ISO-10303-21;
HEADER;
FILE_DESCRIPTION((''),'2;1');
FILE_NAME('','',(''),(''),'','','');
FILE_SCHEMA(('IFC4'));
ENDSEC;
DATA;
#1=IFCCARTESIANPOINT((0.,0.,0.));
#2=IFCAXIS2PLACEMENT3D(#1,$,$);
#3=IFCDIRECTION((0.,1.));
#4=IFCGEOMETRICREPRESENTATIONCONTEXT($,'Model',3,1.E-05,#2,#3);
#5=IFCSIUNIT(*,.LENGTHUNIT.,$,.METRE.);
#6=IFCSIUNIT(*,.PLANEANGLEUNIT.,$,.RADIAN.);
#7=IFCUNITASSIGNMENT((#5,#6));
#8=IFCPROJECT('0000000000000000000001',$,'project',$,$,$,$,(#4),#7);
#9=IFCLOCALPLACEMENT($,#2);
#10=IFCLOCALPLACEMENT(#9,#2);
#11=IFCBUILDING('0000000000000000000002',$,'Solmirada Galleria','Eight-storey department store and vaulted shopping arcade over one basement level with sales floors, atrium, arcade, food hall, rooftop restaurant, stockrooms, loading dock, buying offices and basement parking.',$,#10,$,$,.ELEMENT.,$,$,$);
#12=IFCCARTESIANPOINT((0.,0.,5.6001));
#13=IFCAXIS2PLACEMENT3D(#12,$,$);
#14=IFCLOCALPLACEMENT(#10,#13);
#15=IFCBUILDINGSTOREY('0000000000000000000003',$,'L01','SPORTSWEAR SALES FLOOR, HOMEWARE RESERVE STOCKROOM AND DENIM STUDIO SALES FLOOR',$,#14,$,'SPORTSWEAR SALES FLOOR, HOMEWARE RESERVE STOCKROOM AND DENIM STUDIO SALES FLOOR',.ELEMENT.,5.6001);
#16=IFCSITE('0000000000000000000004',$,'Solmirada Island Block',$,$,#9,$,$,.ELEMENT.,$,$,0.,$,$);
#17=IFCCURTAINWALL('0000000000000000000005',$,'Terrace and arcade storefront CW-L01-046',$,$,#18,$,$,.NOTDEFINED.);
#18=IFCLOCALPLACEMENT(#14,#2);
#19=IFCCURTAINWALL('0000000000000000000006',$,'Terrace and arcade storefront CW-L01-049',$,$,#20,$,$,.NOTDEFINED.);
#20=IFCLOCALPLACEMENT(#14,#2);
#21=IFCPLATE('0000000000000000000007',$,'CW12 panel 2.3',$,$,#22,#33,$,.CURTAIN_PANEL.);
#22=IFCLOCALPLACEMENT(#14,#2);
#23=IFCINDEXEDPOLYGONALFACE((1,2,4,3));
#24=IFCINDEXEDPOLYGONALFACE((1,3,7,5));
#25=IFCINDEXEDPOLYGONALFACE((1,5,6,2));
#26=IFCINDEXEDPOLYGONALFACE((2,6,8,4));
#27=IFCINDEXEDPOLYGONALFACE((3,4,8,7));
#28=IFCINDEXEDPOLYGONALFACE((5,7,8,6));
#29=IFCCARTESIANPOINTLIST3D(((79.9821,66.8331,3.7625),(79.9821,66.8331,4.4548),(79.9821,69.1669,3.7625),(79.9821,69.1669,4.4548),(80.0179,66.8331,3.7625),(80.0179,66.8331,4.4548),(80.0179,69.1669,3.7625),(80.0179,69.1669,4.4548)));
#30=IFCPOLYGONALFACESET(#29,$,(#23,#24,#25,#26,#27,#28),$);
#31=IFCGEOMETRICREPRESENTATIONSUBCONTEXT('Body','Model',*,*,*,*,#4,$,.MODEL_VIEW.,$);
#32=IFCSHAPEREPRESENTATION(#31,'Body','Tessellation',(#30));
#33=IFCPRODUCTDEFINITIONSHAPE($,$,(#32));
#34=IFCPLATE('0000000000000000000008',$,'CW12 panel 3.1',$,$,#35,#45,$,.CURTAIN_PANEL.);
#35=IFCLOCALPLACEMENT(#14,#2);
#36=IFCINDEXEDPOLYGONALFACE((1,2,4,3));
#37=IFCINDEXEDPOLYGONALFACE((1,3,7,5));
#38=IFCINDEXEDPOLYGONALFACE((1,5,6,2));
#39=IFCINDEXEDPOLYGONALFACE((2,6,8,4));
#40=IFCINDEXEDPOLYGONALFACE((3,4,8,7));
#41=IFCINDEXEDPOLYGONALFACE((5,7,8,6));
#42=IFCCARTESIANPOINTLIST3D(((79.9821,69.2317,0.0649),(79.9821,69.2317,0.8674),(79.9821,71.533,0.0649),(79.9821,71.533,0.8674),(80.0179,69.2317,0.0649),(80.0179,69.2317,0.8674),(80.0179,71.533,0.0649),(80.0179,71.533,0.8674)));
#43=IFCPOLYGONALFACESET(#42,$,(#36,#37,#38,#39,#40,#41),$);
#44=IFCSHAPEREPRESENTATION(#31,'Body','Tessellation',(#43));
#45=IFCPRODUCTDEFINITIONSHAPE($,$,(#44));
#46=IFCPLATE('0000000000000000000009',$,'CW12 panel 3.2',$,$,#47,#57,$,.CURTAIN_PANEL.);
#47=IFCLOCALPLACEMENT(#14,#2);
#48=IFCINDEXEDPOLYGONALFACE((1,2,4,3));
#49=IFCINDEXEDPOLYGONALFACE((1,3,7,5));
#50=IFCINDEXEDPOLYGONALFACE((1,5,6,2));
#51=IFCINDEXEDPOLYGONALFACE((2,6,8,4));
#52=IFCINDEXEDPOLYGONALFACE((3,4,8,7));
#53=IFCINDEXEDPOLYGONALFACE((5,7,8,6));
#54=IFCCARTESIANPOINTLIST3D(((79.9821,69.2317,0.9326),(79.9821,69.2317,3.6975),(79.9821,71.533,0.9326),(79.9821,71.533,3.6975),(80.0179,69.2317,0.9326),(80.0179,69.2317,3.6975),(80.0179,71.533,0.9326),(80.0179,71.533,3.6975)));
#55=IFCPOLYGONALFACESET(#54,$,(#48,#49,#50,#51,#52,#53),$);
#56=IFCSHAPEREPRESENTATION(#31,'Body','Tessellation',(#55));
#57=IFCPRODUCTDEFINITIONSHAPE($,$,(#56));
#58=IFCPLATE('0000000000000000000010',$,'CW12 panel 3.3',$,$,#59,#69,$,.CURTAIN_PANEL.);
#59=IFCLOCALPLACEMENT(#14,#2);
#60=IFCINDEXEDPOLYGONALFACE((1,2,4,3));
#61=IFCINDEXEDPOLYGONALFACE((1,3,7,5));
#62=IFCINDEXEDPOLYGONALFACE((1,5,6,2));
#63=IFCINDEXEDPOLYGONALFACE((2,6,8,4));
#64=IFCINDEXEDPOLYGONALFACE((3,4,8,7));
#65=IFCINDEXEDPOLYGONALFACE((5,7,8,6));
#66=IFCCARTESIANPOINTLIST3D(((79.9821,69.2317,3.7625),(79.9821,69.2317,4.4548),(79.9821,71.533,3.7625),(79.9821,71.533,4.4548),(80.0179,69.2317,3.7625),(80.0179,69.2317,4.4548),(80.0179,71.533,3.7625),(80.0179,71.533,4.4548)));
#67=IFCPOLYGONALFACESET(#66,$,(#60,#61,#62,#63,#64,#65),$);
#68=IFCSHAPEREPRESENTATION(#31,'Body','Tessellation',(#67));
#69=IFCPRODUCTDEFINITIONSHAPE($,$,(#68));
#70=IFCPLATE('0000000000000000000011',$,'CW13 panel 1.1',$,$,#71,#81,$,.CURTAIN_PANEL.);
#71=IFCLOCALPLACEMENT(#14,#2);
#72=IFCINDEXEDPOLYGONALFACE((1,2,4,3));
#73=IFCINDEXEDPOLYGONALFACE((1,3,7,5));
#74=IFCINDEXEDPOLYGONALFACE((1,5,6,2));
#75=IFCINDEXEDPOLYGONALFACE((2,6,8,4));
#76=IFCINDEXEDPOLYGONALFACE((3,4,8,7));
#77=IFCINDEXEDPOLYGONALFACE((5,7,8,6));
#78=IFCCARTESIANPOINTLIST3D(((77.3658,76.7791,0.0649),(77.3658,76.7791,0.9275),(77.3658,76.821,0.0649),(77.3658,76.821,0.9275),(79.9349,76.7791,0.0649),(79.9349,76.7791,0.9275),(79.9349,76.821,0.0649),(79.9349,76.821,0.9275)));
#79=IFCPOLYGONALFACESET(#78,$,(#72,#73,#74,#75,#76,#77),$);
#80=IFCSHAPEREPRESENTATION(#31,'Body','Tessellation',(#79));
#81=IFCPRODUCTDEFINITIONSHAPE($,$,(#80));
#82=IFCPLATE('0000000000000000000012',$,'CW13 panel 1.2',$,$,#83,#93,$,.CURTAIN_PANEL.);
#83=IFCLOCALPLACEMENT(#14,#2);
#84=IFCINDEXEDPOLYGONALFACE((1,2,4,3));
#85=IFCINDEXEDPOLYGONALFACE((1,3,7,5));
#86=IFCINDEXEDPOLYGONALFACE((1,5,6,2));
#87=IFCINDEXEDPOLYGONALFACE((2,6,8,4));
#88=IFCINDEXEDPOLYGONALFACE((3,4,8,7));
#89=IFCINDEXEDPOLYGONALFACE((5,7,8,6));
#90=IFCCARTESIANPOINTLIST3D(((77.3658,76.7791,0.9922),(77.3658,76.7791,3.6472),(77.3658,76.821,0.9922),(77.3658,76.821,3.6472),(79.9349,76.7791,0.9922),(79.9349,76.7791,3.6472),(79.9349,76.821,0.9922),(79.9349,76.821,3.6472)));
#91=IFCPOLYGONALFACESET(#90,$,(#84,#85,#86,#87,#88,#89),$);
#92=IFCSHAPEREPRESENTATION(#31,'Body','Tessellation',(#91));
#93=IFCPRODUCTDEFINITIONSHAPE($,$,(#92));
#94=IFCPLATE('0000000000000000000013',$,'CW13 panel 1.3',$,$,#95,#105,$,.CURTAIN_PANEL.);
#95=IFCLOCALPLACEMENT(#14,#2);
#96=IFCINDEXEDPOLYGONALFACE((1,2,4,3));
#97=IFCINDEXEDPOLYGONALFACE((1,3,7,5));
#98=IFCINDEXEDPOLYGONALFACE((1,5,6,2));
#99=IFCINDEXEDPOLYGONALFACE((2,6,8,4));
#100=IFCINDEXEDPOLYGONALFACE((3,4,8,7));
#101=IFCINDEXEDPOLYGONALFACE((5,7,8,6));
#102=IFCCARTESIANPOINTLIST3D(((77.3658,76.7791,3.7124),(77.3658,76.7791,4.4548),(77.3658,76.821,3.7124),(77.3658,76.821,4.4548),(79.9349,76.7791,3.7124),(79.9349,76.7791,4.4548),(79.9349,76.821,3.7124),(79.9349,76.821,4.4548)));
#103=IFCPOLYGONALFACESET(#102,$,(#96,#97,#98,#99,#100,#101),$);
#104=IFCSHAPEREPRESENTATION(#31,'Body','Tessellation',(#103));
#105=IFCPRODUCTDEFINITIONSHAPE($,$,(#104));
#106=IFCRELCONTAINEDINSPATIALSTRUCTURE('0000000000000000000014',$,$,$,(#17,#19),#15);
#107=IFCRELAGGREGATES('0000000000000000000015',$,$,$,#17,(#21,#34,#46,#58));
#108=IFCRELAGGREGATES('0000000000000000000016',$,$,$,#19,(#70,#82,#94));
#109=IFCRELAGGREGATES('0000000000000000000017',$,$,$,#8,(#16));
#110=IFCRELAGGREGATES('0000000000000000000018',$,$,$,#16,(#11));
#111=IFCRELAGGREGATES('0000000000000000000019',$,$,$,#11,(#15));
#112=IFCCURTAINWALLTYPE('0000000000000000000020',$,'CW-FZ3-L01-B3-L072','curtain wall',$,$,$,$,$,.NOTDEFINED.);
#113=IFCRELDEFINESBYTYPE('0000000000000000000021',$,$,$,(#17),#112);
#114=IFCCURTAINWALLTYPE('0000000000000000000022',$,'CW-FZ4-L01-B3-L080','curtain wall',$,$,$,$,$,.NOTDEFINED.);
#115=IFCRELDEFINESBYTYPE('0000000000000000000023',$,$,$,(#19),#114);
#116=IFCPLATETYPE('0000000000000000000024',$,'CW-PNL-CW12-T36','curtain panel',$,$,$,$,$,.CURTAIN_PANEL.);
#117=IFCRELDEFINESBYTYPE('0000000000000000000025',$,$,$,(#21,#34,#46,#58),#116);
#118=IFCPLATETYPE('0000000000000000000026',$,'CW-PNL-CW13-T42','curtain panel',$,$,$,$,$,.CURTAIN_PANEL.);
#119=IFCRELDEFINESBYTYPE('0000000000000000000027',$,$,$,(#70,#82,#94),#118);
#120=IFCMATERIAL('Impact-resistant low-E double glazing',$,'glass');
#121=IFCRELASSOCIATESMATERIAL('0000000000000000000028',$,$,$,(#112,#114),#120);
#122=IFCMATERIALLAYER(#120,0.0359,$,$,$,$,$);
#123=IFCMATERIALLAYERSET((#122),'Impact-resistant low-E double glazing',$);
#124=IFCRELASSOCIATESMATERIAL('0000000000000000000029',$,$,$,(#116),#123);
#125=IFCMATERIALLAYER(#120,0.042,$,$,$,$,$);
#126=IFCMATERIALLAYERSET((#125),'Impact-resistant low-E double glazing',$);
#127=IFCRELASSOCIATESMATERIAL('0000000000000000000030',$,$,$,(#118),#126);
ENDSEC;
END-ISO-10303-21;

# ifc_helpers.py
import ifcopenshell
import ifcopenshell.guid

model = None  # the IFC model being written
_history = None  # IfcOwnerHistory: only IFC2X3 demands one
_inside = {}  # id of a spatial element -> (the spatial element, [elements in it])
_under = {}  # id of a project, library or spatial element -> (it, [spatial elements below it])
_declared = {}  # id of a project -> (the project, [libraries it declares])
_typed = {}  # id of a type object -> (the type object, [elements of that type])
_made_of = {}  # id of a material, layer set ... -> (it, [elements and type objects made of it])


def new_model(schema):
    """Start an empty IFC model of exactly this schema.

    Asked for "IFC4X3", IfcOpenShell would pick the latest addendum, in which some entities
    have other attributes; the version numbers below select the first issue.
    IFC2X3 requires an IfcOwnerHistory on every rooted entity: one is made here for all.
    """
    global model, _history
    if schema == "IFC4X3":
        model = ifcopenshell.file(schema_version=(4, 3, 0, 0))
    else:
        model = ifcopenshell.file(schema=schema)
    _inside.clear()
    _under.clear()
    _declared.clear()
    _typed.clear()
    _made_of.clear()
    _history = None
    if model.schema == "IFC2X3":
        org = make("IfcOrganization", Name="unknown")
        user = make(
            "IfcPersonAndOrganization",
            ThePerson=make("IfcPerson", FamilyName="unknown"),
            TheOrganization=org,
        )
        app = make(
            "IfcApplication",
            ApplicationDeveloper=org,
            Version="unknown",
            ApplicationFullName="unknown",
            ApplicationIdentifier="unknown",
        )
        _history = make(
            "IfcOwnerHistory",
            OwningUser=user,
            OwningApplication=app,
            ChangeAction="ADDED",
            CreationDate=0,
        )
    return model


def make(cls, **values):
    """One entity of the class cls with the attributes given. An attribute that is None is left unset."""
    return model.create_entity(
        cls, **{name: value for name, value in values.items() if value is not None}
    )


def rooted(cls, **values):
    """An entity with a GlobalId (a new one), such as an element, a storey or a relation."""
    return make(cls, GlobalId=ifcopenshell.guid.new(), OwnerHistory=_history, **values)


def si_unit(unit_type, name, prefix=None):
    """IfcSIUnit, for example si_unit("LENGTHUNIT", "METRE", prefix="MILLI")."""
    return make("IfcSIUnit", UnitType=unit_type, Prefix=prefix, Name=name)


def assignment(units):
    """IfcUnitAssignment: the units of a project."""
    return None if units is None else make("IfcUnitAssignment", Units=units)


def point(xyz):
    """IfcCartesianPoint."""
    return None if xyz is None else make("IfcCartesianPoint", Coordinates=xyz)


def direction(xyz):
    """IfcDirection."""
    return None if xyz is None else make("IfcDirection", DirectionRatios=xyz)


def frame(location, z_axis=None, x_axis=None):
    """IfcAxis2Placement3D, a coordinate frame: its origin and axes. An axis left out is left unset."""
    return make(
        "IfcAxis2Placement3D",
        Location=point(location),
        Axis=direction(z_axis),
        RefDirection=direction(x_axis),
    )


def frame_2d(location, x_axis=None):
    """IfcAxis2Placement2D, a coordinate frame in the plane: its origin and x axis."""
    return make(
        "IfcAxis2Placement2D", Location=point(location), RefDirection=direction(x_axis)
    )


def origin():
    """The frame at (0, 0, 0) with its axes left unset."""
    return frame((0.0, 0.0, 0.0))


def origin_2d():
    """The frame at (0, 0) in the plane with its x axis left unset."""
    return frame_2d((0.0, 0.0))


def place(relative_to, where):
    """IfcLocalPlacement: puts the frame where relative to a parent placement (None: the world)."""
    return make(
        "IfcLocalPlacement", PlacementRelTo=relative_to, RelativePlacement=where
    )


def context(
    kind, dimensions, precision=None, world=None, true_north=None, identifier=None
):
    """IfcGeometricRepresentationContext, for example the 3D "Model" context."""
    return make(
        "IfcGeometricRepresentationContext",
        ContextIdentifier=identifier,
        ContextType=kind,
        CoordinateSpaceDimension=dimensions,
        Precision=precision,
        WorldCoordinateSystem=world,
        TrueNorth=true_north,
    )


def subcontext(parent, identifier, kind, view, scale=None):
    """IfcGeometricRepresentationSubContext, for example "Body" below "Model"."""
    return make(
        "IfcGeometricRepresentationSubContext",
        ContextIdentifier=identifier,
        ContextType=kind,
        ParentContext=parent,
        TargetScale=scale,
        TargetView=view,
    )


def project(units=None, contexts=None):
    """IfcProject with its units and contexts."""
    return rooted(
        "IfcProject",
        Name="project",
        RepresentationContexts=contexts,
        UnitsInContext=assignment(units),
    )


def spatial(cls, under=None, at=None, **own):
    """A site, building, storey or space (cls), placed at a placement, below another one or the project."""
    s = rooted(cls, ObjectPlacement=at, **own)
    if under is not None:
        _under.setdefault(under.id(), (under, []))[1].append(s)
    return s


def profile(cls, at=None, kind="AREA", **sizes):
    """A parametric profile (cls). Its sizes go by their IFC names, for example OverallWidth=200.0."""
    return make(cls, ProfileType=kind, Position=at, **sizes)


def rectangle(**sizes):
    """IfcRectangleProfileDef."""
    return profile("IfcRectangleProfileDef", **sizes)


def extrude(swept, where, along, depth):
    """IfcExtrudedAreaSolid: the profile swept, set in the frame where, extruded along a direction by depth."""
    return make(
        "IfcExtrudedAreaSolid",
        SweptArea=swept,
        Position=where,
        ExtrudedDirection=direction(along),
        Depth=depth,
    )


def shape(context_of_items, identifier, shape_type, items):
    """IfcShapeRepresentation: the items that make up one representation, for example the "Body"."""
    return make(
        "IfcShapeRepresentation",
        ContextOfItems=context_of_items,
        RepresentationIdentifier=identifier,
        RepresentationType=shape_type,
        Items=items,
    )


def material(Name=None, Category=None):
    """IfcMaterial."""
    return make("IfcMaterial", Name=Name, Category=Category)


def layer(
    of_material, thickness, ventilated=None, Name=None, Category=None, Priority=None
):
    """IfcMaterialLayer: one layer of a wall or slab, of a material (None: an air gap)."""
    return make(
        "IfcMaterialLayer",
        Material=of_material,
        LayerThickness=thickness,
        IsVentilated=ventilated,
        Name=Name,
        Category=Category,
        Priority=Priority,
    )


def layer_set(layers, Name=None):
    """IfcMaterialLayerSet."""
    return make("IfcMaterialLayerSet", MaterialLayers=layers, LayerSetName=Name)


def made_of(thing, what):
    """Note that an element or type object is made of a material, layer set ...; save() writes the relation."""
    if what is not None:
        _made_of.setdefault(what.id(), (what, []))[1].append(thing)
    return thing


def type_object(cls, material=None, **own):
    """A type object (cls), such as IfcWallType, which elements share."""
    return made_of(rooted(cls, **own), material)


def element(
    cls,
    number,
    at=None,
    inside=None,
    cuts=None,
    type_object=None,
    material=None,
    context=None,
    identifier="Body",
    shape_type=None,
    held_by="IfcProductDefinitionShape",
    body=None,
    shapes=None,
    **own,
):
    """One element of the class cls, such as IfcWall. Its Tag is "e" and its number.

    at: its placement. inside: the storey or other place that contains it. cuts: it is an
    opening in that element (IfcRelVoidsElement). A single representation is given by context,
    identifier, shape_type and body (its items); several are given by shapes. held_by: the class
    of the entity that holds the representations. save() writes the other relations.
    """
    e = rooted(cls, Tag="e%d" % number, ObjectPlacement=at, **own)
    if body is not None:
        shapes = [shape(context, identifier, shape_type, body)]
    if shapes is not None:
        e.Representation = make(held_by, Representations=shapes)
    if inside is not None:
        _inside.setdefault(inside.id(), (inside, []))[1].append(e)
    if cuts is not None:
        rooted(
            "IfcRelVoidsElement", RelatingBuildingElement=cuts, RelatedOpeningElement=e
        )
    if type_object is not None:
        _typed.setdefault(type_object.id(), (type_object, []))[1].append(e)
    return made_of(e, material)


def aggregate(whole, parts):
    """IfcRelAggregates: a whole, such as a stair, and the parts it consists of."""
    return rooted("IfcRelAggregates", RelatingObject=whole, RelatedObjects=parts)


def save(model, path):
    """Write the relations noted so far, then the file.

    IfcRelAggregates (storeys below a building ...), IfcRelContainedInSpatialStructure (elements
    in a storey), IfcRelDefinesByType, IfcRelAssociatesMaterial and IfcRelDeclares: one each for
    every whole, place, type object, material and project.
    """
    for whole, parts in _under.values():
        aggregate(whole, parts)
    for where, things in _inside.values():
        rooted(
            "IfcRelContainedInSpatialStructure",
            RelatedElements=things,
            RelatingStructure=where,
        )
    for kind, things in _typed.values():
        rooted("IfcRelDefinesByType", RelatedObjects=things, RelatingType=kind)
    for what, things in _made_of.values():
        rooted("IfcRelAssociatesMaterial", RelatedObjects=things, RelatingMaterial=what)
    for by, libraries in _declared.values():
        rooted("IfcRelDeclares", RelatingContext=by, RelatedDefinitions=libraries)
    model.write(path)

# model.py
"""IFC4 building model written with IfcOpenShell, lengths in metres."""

from ifc_helpers import new_model, si_unit, direction, frame, origin, origin_2d, place, context, subcontext, project, spatial, rectangle, extrude, material, layer, layer_set, type_object, element, aggregate, save


model = new_model("IFC4")

# Units and contexts
model_context = context("Model", 3, precision=1e-05, world=origin(), true_north=direction((0.0, 1.0)))
body_context = subcontext(model_context, "Body", "Model", "MODEL_VIEW")
ifc_project = project(units=[si_unit("LENGTHUNIT", "METRE"), si_unit("PLANEANGLEUNIT", "RADIAN")], contexts=[model_context])

# Site, building, storey
site_placement = place(None, origin())
site = spatial("IfcSite", under=ifc_project, at=site_placement, Name="Solmirada Island Block", CompositionType="ELEMENT", RefElevation=0.0)
building_placement = place(site_placement, origin())
building = spatial("IfcBuilding", under=site, at=building_placement, Name="Solmirada Galleria", Description="Eight-storey department store and vaulted shopping arcade over one basement level with sales floors, atrium, arcade, food hall, rooftop restaurant, stockrooms, loading dock, buying offices and basement parking.", CompositionType="ELEMENT")
storey_placement = place(building_placement, frame((0.0, 0.0, 5.6001)))
storey = spatial("IfcBuildingStorey", under=building, at=storey_placement, Name="L01", Description="SPORTSWEAR SALES FLOOR, HOMEWARE RESERVE STOCKROOM AND DENIM STUDIO SALES FLOOR", LongName="SPORTSWEAR SALES FLOOR, HOMEWARE RESERVE STOCKROOM AND DENIM STUDIO SALES FLOOR", CompositionType="ELEMENT", Elevation=5.6001)

# Curtain wall
ifc_material_1 = material(Name="Impact-resistant low-E double glazing", Category="glass")
curtain_wall_type_1 = type_object("IfcCurtainWallType", Name="CW-FZ3-L01-B3-L072", Description="curtain wall", PredefinedType="NOTDEFINED", material=ifc_material_1)
curtain_wall_1_placement = place(storey_placement, origin())
curtain_wall_1 = element("IfcCurtainWall", 1, at=curtain_wall_1_placement, inside=storey, type_object=curtain_wall_type_1, Name="Terrace and arcade storefront CW-L01-046", PredefinedType="NOTDEFINED")

# Shared definitions
curtain_wall_type_2 = type_object("IfcCurtainWallType", Name="CW-FZ4-L01-B3-L080", Description="curtain wall", PredefinedType="NOTDEFINED", material=ifc_material_1)

# Curtain wall
curtain_wall_2_placement = place(storey_placement, origin())
curtain_wall_2 = element("IfcCurtainWall", 2, at=curtain_wall_2_placement, inside=storey, type_object=curtain_wall_type_2, Name="Terrace and arcade storefront CW-L01-049", PredefinedType="NOTDEFINED")

# Plates
ifc_layer_1 = layer(ifc_material_1, 0.0359)
ifc_layer_set_1 = layer_set([ifc_layer_1], Name="Impact-resistant low-E double glazing")
plate_type_1 = type_object("IfcPlateType", Name="CW-PNL-CW12-T36", Description="curtain panel", PredefinedType="CURTAIN_PANEL", material=ifc_layer_set_1)
plate_1_placement = place(storey_placement, frame((80.0, 68.0, 3.7625), z_axis=(0.0, 0.0, 1.0), x_axis=(0.0, 1.0, 0.0)))
plate_1 = element("IfcPlate", 3, at=plate_1_placement, type_object=plate_type_1, Name="CW12 panel 2.3", PredefinedType="CURTAIN_PANEL", context=body_context, shape_type="SweptSolid", body=[
    extrude(rectangle(XDim=2.3337, YDim=0.0359, at=origin_2d()), origin(), (0.0, 0.0, 1.0), 0.6924),
])
plate_2_placement = place(storey_placement, frame((80.0, 70.3823, 0.0649), z_axis=(0.0, 0.0, 1.0), x_axis=(0.0, 1.0, 0.0)))
plate_2 = element("IfcPlate", 4, at=plate_2_placement, type_object=plate_type_1, Name="CW12 panel 3.1", PredefinedType="CURTAIN_PANEL", context=body_context, shape_type="SweptSolid", body=[
    extrude(rectangle(XDim=2.3013, YDim=0.0359, at=origin_2d()), origin(), (0.0, 0.0, 1.0), 0.8025),
])
plate_3_placement = place(storey_placement, frame((80.0, 70.3823, 0.9326), z_axis=(0.0, 0.0, 1.0), x_axis=(0.0, 1.0, 0.0)))
plate_3 = element("IfcPlate", 5, at=plate_3_placement, type_object=plate_type_1, Name="CW12 panel 3.2", PredefinedType="CURTAIN_PANEL", context=body_context, shape_type="SweptSolid", body=[
    extrude(rectangle(XDim=2.3013, YDim=0.0359, at=origin_2d()), origin(), (0.0, 0.0, 1.0), 2.7649),
])
plate_4_placement = place(storey_placement, frame((80.0, 70.3823, 3.7625), z_axis=(0.0, 0.0, 1.0), x_axis=(0.0, 1.0, 0.0)))
plate_4 = element("IfcPlate", 6, at=plate_4_placement, type_object=plate_type_1, Name="CW12 panel 3.3", PredefinedType="CURTAIN_PANEL", context=body_context, shape_type="SweptSolid", body=[
    extrude(rectangle(XDim=2.3013, YDim=0.0359, at=origin_2d()), origin(), (0.0, 0.0, 1.0), 0.6924),
])
aggregate(curtain_wall_1, [plate_1, plate_2, plate_3, plate_4])
ifc_layer_2 = layer(ifc_material_1, 0.042)
ifc_layer_set_2 = layer_set([ifc_layer_2], Name="Impact-resistant low-E double glazing")
plate_type_2 = type_object("IfcPlateType", Name="CW-PNL-CW13-T42", Description="curtain panel", PredefinedType="CURTAIN_PANEL", material=ifc_layer_set_2)
plate_5_placement = place(storey_placement, frame((78.6504, 76.8, 0.0649), z_axis=(0.0, 0.0, 1.0), x_axis=(-1.0, 0.0, 0.0)))
plate_5 = element("IfcPlate", 7, at=plate_5_placement, type_object=plate_type_2, Name="CW13 panel 1.1", PredefinedType="CURTAIN_PANEL", context=body_context, shape_type="SweptSolid", body=[
    extrude(rectangle(XDim=2.5691, YDim=0.042, at=origin_2d()), origin(), (0.0, 0.0, 1.0), 0.8625),
])
plate_6_placement = place(storey_placement, frame((78.6504, 76.8, 0.9922), z_axis=(0.0, 0.0, 1.0), x_axis=(-1.0, 0.0, 0.0)))
plate_6 = element("IfcPlate", 8, at=plate_6_placement, type_object=plate_type_2, Name="CW13 panel 1.2", PredefinedType="CURTAIN_PANEL", context=body_context, shape_type="SweptSolid", body=[
    extrude(rectangle(XDim=2.5691, YDim=0.042, at=origin_2d()), origin(), (0.0, 0.0, 1.0), 2.655),
])
plate_7_placement = place(storey_placement, frame((78.6504, 76.8, 3.7124), z_axis=(0.0, 0.0, 1.0), x_axis=(-1.0, 0.0, 0.0)))
plate_7 = element("IfcPlate", 9, at=plate_7_placement, type_object=plate_type_2, Name="CW13 panel 1.3", PredefinedType="CURTAIN_PANEL", context=body_context, shape_type="SweptSolid", body=[
    extrude(rectangle(XDim=2.5691, YDim=0.042, at=origin_2d()), origin(), (0.0, 0.0, 1.0), 0.7424),
])
aggregate(curtain_wall_2, [plate_5, plate_6, plate_7])

save(model, "model.ifc")
